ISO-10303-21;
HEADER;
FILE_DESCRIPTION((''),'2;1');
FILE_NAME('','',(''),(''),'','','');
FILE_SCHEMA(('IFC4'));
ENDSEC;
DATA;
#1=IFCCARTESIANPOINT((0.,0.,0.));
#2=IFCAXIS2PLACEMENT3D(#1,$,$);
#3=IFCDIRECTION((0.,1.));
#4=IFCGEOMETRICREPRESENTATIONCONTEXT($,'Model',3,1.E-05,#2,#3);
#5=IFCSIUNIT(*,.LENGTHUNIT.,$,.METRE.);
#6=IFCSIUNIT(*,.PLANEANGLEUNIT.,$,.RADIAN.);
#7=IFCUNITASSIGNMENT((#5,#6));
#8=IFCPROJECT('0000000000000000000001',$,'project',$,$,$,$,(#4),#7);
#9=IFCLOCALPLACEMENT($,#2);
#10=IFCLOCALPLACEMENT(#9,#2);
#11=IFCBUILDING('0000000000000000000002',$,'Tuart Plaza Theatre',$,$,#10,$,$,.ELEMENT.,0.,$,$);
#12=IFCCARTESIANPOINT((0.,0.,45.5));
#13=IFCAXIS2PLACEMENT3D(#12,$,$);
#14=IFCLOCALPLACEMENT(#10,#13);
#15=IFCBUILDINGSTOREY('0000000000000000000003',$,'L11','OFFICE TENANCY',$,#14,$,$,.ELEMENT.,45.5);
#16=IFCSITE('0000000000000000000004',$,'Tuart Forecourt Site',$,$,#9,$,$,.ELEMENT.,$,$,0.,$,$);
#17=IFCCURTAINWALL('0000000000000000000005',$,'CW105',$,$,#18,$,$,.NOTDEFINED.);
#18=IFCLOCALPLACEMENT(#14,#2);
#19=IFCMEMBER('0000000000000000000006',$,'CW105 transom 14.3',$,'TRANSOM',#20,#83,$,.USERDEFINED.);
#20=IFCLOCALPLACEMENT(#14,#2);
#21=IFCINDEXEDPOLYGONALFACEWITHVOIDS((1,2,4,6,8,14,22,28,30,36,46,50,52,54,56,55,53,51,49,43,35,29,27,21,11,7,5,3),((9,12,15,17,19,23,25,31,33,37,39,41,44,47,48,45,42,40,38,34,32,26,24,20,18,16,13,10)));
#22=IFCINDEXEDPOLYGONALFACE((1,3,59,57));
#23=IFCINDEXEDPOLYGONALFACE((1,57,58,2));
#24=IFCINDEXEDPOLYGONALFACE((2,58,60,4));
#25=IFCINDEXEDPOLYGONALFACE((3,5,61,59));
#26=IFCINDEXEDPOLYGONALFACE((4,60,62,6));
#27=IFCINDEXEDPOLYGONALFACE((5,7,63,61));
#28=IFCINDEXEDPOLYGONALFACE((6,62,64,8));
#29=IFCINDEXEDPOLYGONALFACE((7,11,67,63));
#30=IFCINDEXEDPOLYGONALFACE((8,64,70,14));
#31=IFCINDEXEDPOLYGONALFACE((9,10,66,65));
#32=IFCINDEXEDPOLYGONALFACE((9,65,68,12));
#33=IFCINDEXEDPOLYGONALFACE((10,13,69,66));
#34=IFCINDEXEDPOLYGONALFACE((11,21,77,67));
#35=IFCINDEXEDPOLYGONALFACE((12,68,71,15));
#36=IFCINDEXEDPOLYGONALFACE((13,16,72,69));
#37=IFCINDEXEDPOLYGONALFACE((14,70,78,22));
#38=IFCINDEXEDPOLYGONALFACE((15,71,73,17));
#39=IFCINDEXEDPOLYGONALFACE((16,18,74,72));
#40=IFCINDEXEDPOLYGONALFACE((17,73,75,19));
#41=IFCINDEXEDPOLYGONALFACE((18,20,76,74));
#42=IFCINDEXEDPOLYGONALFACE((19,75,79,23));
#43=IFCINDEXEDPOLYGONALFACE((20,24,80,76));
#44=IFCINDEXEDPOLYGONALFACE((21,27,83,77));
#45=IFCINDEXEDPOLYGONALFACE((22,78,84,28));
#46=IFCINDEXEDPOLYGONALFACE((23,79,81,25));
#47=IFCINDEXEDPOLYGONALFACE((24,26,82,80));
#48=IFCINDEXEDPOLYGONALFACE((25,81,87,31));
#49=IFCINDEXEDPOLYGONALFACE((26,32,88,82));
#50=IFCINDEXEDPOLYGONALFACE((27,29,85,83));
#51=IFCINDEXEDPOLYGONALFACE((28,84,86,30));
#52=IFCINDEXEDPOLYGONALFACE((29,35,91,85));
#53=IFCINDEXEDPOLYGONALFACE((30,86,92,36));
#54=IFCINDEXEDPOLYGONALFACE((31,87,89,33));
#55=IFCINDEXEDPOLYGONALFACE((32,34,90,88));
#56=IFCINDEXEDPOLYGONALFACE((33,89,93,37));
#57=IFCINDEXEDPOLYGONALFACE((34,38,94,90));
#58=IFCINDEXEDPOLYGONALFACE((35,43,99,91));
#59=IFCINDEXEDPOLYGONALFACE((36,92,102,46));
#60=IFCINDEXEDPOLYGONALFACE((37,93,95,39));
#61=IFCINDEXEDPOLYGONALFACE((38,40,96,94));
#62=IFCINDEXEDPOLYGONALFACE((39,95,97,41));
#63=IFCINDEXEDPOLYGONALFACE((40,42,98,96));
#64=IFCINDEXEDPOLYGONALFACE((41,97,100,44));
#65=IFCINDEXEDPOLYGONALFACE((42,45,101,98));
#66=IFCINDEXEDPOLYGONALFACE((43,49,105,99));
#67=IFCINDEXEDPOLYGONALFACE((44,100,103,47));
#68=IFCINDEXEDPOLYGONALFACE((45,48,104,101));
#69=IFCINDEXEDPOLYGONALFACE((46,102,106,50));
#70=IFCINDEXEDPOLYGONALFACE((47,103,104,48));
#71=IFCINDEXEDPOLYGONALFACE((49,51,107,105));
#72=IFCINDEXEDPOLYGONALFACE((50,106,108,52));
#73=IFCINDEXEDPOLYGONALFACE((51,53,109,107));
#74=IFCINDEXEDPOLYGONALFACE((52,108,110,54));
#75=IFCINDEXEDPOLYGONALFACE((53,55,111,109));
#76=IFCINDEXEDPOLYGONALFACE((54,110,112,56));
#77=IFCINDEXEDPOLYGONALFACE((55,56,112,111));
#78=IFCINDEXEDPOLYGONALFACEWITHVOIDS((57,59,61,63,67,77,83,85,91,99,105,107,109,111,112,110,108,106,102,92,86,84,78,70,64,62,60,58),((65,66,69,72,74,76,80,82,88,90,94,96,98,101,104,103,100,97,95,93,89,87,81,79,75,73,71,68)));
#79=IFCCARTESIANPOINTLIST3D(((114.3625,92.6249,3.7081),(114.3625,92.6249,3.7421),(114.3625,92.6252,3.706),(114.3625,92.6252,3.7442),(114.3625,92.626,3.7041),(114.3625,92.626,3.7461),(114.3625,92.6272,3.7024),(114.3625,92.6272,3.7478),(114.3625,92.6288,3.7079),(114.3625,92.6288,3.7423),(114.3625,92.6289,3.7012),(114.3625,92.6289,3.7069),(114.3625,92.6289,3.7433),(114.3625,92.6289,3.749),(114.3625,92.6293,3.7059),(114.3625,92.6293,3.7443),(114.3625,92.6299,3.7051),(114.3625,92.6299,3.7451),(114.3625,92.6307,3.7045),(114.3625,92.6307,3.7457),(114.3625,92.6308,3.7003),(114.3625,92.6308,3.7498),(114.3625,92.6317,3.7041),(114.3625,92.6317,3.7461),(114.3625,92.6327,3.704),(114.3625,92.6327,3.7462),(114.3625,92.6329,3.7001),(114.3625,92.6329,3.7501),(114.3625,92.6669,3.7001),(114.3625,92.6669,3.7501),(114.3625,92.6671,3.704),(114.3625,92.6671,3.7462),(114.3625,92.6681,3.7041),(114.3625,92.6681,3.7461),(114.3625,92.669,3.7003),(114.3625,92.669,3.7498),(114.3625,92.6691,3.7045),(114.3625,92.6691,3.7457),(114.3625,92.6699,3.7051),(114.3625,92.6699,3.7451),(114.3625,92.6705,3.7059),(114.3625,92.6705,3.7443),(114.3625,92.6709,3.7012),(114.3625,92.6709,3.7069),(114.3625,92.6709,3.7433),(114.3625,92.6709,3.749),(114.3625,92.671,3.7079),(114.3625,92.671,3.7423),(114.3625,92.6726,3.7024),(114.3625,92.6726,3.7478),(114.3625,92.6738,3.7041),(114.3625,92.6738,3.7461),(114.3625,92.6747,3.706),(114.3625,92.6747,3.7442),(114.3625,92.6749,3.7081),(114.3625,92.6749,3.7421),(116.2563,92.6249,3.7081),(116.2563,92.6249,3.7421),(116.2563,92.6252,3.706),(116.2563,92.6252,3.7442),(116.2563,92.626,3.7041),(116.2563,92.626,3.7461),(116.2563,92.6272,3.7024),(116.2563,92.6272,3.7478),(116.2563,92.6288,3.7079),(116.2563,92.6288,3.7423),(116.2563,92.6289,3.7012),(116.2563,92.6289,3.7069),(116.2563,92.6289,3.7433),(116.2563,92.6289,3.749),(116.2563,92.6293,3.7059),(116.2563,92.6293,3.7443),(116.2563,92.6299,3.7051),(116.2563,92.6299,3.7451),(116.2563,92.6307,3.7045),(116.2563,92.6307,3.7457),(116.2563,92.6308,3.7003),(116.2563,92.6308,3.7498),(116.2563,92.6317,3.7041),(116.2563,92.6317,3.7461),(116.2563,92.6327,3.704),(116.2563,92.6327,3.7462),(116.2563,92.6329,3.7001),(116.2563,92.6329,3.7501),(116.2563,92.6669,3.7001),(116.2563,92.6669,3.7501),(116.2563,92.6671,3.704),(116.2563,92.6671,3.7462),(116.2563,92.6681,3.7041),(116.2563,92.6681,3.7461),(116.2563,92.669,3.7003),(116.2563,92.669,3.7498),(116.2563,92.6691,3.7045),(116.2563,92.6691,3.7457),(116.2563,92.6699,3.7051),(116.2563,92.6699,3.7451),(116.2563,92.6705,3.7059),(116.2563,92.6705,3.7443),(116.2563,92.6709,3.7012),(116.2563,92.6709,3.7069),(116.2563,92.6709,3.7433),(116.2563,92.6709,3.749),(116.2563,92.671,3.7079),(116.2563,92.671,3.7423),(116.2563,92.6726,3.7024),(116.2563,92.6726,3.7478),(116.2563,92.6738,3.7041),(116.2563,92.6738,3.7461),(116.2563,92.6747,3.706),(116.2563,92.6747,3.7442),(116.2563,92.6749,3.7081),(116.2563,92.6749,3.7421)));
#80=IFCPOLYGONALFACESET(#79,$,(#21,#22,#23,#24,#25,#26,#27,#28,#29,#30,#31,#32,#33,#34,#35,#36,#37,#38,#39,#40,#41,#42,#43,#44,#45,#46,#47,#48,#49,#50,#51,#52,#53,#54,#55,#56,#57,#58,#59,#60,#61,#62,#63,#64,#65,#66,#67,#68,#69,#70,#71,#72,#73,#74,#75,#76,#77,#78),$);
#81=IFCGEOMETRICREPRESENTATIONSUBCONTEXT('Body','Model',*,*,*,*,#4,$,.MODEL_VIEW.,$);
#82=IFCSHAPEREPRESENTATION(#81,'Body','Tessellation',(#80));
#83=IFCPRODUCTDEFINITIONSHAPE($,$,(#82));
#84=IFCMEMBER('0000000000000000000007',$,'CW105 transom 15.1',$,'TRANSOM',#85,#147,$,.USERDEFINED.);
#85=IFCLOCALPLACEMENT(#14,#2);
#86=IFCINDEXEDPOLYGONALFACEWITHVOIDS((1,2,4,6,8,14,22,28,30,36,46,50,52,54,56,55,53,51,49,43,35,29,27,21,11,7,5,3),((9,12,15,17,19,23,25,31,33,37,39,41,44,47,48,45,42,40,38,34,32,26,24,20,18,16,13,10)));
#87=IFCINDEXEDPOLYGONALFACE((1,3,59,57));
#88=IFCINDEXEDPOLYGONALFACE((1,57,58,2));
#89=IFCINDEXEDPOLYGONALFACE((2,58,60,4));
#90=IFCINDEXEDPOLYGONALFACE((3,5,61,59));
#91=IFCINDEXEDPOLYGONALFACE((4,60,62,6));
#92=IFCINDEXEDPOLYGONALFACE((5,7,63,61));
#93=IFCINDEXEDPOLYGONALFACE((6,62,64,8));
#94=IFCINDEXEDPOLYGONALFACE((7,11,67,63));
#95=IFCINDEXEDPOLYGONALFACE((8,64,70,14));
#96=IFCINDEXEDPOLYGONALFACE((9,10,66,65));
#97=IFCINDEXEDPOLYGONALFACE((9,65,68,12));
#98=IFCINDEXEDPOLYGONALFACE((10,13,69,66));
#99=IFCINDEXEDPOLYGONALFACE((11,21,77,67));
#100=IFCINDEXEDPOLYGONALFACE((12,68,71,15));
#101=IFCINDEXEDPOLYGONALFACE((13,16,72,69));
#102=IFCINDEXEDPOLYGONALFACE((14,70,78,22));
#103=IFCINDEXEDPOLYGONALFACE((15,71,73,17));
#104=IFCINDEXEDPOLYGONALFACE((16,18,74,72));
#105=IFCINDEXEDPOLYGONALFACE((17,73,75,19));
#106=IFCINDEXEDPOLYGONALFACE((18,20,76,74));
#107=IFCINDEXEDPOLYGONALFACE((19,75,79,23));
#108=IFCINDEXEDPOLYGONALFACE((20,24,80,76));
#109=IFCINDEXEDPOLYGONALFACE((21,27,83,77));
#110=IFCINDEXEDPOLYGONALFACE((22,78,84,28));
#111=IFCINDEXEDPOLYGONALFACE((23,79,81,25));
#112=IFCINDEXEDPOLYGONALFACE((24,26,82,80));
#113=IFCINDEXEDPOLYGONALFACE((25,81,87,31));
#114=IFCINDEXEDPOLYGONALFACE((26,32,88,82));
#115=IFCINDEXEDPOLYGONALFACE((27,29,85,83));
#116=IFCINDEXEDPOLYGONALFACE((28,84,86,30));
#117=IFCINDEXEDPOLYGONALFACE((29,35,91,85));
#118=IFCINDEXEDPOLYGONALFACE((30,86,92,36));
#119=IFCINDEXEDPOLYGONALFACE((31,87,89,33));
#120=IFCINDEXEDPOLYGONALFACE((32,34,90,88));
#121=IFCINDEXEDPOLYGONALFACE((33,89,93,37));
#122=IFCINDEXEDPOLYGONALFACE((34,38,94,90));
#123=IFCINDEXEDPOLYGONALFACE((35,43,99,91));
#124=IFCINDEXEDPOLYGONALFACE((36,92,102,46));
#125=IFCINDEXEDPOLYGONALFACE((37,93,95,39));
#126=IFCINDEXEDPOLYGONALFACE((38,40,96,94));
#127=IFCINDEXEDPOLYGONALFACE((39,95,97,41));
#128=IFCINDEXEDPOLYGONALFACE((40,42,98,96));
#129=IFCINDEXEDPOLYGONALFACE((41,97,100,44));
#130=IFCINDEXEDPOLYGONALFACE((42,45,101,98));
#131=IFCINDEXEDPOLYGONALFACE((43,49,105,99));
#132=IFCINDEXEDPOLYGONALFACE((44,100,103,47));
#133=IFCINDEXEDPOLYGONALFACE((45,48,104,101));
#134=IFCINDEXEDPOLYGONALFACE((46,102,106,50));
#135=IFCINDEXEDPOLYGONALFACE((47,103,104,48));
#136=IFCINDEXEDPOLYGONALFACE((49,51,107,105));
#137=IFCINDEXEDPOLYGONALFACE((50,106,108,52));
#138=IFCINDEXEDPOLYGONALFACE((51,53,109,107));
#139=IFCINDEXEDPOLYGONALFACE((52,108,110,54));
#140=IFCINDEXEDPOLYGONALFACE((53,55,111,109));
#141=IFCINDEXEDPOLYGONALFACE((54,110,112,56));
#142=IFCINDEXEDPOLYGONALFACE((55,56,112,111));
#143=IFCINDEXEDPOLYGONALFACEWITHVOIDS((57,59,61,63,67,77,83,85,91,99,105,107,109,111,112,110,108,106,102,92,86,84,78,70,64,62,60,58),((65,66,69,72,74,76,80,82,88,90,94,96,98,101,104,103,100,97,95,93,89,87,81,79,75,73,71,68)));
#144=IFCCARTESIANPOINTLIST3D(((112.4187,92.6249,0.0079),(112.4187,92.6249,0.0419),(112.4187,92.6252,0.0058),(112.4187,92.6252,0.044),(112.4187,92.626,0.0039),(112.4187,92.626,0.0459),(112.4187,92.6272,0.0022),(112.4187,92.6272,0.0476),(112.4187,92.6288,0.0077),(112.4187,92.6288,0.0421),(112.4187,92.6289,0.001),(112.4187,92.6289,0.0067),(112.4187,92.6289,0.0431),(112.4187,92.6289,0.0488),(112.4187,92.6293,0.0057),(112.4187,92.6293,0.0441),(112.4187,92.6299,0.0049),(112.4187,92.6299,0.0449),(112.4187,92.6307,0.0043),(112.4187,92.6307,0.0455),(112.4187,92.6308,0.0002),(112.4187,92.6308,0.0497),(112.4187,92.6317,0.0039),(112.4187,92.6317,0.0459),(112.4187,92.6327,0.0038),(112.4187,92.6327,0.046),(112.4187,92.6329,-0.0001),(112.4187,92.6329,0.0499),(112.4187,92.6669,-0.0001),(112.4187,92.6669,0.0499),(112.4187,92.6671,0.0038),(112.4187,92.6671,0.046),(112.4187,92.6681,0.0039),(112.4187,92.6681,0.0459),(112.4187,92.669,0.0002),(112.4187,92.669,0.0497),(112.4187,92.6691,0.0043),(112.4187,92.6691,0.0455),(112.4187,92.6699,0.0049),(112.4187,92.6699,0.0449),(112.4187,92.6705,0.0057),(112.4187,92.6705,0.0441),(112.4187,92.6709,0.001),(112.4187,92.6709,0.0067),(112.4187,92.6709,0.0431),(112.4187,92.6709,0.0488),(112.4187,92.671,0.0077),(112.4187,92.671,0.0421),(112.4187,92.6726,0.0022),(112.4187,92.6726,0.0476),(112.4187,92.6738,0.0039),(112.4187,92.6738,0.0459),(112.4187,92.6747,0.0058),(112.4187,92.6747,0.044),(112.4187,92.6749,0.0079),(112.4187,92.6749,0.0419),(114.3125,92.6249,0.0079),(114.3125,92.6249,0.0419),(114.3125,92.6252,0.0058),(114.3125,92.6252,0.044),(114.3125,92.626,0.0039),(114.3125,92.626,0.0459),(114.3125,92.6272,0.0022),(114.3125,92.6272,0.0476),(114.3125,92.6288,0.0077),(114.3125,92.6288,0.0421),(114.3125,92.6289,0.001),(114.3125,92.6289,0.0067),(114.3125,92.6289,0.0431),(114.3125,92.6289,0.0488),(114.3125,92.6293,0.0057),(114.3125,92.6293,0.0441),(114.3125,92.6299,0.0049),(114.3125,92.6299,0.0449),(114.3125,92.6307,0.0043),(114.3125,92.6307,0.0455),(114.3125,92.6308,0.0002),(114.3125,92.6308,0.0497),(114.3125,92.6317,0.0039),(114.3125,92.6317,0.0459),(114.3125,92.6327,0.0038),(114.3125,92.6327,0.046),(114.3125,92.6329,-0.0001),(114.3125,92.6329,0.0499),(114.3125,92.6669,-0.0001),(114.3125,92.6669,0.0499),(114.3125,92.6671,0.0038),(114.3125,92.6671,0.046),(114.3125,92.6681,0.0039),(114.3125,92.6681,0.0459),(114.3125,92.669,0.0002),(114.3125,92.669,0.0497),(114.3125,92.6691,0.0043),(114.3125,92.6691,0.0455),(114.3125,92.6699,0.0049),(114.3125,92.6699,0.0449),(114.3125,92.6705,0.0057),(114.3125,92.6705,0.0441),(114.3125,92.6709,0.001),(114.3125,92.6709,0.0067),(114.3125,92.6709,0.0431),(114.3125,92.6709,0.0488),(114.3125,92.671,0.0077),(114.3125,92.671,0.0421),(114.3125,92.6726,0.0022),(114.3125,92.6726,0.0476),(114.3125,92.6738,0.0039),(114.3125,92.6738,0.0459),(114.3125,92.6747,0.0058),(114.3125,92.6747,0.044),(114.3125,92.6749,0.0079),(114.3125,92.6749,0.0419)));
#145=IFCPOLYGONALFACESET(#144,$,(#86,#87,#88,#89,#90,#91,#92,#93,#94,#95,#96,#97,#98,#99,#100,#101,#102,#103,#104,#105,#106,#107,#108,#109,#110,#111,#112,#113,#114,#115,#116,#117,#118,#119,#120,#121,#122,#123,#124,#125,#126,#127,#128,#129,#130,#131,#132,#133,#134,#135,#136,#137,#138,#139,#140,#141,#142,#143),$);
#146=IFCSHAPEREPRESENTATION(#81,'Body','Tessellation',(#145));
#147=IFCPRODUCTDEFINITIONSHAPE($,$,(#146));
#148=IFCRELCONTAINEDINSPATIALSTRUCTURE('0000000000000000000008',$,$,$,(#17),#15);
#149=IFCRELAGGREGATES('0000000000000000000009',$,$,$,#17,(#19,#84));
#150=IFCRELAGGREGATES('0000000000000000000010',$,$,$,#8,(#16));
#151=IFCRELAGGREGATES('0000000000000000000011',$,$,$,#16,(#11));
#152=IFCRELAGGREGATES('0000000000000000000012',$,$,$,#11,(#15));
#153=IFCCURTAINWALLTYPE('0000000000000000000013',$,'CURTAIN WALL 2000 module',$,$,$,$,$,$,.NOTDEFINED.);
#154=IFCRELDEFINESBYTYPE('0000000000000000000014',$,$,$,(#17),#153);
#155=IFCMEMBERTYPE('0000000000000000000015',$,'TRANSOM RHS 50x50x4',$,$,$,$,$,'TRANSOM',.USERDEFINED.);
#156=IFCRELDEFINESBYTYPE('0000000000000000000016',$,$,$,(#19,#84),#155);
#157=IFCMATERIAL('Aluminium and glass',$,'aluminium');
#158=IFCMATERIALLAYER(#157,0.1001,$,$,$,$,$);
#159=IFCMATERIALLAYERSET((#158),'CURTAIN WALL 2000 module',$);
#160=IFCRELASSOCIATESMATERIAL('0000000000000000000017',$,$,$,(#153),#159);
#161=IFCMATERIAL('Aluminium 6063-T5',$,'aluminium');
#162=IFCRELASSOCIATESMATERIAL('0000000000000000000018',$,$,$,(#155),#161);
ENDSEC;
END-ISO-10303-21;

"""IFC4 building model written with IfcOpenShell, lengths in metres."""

from ifc_helpers import new_model, si_unit, direction, frame, origin, origin_2d, place, context, subcontext, project, spatial, hollow_rectangle, extrude, material, layer, layer_set, material_profile, profile_set, type_object, element, aggregate, save


model = new_model("IFC4")

# Units and contexts
model_context = context("Model", 3, precision=1e-05, world=origin(), true_north=direction((0.0, 1.0)))
body_context = subcontext(model_context, "Body", "Model", "MODEL_VIEW")
ifc_project = project(units=[si_unit("LENGTHUNIT", "METRE"), si_unit("PLANEANGLEUNIT", "RADIAN")], contexts=[model_context])

# Site, building, storey
site_placement = place(None, origin())
site = spatial("IfcSite", under=ifc_project, at=site_placement, Name="Tuart Forecourt Site", CompositionType="ELEMENT", RefElevation=0.0)
building_placement = place(site_placement, origin())
building = spatial("IfcBuilding", under=site, at=building_placement, Name="Tuart Plaza Theatre", CompositionType="ELEMENT", ElevationOfRefHeight=0.0)
storey_placement = place(building_placement, frame((0.0, 0.0, 45.5)))
storey = spatial("IfcBuildingStorey", under=building, at=storey_placement, Name="L11", Description="OFFICE TENANCY", CompositionType="ELEMENT", Elevation=45.5)

# Curtain wall, members
ifc_material_1 = material(Name="Aluminium and glass", Category="aluminium")
ifc_layer_1 = layer(ifc_material_1, 0.1001)
ifc_layer_set_1 = layer_set([ifc_layer_1], Name="CURTAIN WALL 2000 module")
curtain_wall_type = type_object("IfcCurtainWallType", Name="CURTAIN WALL 2000 module", PredefinedType="NOTDEFINED", material=ifc_layer_set_1)
curtain_wall_placement = place(storey_placement, origin())
curtain_wall = element("IfcCurtainWall", 1, at=curtain_wall_placement, inside=storey, type_object=curtain_wall_type, Name="CW105", PredefinedType="NOTDEFINED")
ifc_material_2 = material(Name="Aluminium 6063-T5", Category="aluminium")
ifc_material_profile_1 = material_profile(ifc_material_2, hollow_rectangle(XDim=0.05, YDim=0.05, WallThickness=0.0039, InnerFilletRadius=0.0039, OuterFilletRadius=0.0081, at=origin_2d()), Name="RHS 50x50x4")
ifc_profile_set_1 = profile_set([ifc_material_profile_1], Name="Aluminium 6063-T5")
member_type_1 = type_object("IfcMemberType", Name="TRANSOM RHS 50x50x4", ElementType="TRANSOM", PredefinedType="USERDEFINED", material=ifc_profile_set_1)
member_1_placement = place(storey_placement, frame((116.2563, 92.6499, 3.7251), z_axis=(-1.0, 0.0, 0.0), x_axis=(0.0, -1.0, 0.0)))
member_1 = element("IfcMember", 2, at=member_1_placement, type_object=member_type_1, Name="CW105 transom 14.3", ObjectType="TRANSOM", PredefinedType="USERDEFINED", context=body_context, shape_type="SweptSolid", body=[
    extrude(hollow_rectangle(XDim=0.05, YDim=0.05, WallThickness=0.0039, InnerFilletRadius=0.0039, OuterFilletRadius=0.0081, at=origin_2d()), origin(), (0.0, 0.0, 1.0), 1.8938),
])
member_2_placement = place(storey_placement, frame((114.3125, 92.6499, 0.0249), z_axis=(-1.0, 0.0, 0.0), x_axis=(0.0, -1.0, 0.0)))
member_2 = element("IfcMember", 3, at=member_2_placement, type_object=member_type_1, Name="CW105 transom 15.1", ObjectType="TRANSOM", PredefinedType="USERDEFINED", context=body_context, shape_type="SweptSolid", body=[
    extrude(hollow_rectangle(XDim=0.05, YDim=0.05, WallThickness=0.0039, InnerFilletRadius=0.0039, OuterFilletRadius=0.0081, at=origin_2d()), origin(), (0.0, 0.0, 1.0), 1.8938),
])
aggregate(curtain_wall, [member_1, member_2])

save(model, "model.ifc")
